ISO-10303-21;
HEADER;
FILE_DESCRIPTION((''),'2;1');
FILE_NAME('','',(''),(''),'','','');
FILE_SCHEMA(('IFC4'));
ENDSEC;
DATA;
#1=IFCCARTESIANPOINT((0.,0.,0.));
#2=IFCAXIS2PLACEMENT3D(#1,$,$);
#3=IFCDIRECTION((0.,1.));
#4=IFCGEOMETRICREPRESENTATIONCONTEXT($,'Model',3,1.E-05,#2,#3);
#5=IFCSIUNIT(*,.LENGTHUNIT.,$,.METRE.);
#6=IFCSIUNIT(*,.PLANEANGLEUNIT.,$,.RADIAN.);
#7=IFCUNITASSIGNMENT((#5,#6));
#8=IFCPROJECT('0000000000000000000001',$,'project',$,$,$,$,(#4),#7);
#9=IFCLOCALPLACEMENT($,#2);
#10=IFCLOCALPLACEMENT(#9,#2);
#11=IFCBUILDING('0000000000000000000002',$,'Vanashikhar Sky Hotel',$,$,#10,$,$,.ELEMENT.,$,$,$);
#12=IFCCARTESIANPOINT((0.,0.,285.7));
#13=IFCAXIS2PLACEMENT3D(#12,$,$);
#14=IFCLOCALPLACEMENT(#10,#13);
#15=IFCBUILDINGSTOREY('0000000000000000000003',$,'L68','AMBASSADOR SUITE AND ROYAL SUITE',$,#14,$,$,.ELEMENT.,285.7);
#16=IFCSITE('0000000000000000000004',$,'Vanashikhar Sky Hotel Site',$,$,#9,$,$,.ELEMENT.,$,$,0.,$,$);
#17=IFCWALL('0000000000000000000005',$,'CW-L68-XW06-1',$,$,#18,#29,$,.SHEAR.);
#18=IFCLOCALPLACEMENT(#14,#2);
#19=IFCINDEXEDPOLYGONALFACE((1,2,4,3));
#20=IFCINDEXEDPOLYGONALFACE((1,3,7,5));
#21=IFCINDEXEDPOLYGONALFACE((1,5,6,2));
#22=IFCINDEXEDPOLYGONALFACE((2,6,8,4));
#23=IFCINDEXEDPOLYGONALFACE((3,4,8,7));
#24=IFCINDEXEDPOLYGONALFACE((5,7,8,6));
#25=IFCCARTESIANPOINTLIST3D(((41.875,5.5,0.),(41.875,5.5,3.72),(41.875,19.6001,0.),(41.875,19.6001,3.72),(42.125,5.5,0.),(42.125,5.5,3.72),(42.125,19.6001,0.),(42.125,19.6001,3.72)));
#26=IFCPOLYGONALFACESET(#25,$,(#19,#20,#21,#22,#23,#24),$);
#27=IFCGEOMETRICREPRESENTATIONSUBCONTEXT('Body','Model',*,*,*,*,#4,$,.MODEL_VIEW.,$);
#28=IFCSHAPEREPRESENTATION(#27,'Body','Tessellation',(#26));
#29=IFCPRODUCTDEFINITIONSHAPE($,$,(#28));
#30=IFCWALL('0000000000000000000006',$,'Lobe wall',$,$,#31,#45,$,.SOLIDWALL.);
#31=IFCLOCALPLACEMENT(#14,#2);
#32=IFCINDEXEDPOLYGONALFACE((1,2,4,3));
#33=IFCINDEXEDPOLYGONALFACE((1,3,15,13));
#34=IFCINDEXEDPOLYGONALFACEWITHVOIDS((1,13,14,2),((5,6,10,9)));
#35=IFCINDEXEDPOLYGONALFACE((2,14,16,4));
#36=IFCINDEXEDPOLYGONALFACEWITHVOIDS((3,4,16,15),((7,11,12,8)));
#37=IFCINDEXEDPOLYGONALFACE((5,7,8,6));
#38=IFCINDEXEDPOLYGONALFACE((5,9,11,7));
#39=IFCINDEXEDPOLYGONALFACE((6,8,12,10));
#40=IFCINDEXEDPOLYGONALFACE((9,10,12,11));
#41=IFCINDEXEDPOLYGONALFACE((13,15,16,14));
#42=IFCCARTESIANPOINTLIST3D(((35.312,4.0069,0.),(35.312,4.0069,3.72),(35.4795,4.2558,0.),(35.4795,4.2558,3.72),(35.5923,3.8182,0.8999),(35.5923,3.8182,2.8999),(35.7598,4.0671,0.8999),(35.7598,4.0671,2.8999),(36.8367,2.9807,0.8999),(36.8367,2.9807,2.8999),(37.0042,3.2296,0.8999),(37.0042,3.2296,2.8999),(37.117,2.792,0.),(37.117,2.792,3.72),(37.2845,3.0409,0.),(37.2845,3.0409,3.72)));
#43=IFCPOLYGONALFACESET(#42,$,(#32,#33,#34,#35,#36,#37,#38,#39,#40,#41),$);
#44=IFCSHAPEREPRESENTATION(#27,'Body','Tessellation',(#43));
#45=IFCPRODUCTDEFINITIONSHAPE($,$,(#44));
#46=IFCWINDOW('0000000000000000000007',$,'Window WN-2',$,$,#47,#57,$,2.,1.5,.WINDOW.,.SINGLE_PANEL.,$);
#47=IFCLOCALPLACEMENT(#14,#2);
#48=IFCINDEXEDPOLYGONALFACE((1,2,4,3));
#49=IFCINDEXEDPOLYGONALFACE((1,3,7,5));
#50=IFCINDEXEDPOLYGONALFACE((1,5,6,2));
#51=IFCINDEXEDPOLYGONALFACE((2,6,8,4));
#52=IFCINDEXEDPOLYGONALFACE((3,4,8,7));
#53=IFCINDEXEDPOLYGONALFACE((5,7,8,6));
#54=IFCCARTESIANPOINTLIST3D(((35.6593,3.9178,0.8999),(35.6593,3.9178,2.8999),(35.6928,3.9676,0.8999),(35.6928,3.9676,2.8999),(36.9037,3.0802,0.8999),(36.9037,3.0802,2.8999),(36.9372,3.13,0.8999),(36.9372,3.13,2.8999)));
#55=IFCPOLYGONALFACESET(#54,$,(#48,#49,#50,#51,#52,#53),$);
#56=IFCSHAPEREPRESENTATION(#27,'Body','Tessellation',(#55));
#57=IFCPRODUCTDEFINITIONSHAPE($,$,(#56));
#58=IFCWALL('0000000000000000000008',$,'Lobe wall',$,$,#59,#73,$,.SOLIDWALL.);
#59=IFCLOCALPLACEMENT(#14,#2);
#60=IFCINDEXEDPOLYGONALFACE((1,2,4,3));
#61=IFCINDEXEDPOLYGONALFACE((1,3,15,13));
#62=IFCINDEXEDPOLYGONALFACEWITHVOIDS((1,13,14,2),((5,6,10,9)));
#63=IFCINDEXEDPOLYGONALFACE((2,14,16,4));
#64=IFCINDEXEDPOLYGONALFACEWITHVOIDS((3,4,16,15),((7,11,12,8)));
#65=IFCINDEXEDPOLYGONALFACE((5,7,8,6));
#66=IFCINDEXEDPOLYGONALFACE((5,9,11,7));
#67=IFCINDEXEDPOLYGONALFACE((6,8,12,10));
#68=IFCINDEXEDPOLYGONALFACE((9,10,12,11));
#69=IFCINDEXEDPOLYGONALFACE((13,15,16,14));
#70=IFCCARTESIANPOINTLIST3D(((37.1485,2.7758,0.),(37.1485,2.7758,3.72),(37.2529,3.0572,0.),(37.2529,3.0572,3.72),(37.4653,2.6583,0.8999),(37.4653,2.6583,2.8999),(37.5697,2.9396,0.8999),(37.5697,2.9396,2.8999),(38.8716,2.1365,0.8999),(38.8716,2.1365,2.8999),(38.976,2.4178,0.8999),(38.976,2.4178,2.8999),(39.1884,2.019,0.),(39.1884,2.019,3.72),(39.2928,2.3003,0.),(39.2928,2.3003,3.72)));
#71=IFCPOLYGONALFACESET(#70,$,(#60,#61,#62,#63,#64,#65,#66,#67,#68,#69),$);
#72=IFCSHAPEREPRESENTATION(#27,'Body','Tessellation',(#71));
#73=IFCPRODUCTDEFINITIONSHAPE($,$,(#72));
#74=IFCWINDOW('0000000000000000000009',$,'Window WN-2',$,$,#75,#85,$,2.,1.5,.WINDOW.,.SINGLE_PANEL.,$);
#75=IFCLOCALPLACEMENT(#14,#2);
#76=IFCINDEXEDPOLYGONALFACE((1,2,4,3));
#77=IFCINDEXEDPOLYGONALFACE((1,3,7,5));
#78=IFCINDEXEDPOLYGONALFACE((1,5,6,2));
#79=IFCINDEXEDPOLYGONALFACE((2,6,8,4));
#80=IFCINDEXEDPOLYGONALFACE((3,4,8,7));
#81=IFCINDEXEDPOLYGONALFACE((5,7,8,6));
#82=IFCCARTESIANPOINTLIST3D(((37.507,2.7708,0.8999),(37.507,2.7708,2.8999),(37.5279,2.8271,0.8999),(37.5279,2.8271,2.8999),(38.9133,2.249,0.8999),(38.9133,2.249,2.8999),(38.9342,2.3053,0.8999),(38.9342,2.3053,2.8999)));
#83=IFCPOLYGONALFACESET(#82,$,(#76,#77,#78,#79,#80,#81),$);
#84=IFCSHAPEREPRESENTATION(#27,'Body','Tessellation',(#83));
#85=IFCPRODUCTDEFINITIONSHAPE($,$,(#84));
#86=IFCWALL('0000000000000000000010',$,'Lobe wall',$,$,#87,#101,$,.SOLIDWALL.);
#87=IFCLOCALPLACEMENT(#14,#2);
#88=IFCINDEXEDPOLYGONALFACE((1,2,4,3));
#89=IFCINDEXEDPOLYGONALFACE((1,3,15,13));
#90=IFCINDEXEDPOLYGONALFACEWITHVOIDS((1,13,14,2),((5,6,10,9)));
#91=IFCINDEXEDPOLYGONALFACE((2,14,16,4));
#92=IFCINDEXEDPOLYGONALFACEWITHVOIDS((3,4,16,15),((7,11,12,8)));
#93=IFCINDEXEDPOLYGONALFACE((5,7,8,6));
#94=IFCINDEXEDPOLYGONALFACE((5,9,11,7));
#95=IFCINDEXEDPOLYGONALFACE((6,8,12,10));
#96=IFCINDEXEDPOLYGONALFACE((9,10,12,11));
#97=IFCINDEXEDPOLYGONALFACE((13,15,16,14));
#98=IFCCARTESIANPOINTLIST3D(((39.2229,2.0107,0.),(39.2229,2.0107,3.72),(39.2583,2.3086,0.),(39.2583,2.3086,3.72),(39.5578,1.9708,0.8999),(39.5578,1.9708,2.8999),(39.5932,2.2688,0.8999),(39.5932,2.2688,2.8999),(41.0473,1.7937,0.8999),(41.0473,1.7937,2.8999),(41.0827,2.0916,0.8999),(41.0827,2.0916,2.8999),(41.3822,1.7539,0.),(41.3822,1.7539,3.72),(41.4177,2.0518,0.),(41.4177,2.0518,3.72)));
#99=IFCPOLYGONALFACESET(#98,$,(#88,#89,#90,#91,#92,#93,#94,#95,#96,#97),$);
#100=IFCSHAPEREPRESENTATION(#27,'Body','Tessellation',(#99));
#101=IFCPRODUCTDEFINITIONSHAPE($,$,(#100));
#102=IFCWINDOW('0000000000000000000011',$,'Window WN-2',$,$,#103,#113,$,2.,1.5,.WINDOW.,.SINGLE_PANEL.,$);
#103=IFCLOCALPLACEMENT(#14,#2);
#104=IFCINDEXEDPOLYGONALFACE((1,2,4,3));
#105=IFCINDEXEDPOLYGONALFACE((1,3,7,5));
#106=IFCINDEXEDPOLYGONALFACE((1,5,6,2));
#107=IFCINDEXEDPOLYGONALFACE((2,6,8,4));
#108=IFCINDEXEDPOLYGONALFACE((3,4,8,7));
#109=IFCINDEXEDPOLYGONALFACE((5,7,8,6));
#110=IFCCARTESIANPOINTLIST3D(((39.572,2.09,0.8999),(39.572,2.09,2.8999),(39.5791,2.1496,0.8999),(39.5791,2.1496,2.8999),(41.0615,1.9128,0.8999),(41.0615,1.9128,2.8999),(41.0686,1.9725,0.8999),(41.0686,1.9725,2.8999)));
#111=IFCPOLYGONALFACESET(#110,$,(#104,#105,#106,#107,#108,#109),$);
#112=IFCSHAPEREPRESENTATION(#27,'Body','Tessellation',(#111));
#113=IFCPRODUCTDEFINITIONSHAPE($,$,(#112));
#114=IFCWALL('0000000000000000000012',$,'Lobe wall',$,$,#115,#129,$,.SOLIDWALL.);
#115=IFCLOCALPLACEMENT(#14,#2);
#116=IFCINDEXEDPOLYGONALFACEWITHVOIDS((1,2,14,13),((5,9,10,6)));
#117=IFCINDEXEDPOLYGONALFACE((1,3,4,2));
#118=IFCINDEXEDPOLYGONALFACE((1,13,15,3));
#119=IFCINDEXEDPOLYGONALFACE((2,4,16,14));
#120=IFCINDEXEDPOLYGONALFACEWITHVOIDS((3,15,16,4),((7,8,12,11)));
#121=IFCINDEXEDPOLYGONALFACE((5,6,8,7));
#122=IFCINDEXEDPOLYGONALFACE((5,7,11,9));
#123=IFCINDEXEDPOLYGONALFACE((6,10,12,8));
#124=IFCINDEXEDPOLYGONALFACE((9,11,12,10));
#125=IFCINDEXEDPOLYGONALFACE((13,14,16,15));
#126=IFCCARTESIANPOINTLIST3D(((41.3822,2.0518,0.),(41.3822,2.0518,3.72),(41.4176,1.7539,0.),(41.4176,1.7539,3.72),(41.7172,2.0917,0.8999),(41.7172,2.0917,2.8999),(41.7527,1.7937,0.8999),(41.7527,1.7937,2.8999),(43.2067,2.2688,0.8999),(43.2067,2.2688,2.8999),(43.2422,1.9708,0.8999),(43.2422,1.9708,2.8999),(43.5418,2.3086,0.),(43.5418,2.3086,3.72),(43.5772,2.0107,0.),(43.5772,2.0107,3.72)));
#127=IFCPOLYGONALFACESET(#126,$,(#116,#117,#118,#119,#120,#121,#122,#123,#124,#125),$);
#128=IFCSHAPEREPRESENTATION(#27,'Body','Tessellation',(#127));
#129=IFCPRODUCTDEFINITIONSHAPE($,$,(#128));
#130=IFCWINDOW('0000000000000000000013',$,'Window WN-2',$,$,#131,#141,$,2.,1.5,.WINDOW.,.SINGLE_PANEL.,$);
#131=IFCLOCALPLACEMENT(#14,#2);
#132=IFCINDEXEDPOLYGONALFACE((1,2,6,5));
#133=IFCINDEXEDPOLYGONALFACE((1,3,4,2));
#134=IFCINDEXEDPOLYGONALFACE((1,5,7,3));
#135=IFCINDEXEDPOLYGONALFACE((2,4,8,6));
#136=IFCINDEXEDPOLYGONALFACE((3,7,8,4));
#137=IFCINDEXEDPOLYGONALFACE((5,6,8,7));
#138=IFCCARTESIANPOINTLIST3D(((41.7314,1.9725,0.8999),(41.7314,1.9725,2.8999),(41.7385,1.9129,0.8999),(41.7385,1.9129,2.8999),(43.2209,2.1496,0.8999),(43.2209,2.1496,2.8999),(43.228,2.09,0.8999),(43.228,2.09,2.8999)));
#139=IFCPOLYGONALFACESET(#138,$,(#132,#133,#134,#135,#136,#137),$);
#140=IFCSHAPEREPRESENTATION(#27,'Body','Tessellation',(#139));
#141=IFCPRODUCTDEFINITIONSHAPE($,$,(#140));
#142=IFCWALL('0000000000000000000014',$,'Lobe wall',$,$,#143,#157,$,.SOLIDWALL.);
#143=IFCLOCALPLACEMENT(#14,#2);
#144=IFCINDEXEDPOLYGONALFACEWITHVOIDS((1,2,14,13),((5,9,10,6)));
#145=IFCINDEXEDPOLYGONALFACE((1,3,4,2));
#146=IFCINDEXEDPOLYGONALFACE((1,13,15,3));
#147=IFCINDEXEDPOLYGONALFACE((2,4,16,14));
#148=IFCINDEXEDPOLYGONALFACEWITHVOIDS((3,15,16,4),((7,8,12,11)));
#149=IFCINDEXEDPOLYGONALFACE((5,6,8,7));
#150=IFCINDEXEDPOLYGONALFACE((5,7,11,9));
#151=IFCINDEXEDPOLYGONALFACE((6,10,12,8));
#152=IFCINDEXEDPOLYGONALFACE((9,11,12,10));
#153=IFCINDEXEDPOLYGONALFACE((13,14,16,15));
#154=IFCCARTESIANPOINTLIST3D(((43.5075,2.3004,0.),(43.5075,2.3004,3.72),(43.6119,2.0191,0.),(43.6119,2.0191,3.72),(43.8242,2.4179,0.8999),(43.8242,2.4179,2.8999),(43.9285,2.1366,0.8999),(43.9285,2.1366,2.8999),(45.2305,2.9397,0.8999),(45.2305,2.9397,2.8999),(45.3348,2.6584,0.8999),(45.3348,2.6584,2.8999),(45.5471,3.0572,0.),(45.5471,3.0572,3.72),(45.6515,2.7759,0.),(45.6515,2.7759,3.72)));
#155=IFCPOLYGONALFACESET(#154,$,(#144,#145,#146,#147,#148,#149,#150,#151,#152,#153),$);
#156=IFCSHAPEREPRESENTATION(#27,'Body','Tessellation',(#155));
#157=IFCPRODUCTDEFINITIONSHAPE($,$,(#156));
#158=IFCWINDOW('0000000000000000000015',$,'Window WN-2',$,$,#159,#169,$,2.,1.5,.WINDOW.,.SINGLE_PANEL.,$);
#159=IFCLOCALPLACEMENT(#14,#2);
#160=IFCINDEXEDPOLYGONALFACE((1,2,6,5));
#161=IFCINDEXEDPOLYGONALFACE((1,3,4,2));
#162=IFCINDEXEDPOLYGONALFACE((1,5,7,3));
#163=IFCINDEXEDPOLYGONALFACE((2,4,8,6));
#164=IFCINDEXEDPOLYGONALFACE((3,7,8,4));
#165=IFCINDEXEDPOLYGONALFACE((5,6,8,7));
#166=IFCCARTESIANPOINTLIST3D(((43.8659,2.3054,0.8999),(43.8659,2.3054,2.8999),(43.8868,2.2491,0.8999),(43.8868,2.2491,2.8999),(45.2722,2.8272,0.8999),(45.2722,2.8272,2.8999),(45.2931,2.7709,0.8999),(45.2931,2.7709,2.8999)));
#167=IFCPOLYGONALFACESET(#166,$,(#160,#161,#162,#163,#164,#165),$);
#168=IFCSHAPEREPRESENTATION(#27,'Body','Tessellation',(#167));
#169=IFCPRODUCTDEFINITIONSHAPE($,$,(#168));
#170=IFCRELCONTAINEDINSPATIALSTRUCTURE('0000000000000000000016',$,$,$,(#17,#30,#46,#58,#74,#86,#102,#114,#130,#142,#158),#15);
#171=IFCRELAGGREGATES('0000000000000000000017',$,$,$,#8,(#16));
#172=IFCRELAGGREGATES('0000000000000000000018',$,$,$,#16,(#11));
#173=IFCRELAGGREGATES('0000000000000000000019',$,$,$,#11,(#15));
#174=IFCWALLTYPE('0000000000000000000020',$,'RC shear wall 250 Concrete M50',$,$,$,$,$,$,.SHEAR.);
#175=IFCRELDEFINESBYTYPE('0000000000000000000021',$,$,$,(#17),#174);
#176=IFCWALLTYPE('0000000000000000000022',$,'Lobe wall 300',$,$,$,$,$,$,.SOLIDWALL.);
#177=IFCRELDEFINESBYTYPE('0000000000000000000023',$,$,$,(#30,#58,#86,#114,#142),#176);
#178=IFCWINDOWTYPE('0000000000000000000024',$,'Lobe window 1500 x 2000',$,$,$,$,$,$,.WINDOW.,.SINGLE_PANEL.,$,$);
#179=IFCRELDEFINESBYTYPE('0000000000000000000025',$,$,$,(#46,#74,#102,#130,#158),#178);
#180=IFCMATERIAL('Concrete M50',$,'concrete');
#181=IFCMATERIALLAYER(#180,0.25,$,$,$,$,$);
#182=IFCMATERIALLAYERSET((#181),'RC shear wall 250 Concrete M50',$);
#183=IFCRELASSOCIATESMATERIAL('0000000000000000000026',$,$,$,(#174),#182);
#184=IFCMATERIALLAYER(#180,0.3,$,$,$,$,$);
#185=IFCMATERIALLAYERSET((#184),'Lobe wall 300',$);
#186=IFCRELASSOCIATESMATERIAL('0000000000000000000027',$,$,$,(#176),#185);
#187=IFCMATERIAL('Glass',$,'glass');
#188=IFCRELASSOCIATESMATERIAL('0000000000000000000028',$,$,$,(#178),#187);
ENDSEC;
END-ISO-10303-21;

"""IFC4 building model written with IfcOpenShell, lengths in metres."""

from ifc_helpers import new_model, si_unit, direction, frame, frame_2d, origin, place, context, subcontext, project, spatial, rectangle, extrude, source, transform, mapped, material, layer, layer_set, type_object, element, fill, save


model = new_model("IFC4")

# Units and contexts
model_context = context("Model", 3, precision=1e-05, world=origin(), true_north=direction((0.0, 1.0)))
body_context = subcontext(model_context, "Body", "Model", "MODEL_VIEW")
ifc_project = project(units=[si_unit("LENGTHUNIT", "METRE"), si_unit("PLANEANGLEUNIT", "RADIAN")], contexts=[model_context])

# Site, building, storey
site_placement = place(None, origin())
site = spatial("IfcSite", under=ifc_project, at=site_placement, Name="Vanashikhar Sky Hotel Site", CompositionType="ELEMENT", RefElevation=0.0)
building_placement = place(site_placement, origin())
building = spatial("IfcBuilding", under=site, at=building_placement, Name="Vanashikhar Sky Hotel", CompositionType="ELEMENT")
storey_placement = place(building_placement, frame((0.0, 0.0, 285.7)))
storey = spatial("IfcBuildingStorey", under=building, at=storey_placement, Name="L68", Description="AMBASSADOR SUITE AND ROYAL SUITE", CompositionType="ELEMENT", Elevation=285.7)

# Wall
ifc_material_1 = material(Name="Concrete M50", Category="concrete")
ifc_layer_1 = layer(ifc_material_1, 0.25)
ifc_layer_set_1 = layer_set([ifc_layer_1], Name="RC shear wall 250 Concrete M50")
wall_type_1 = type_object("IfcWallType", Name="RC shear wall 250 Concrete M50", PredefinedType="SHEAR", material=ifc_layer_set_1)
shared_shape_1 = source(origin(), body_context, "Body", "SweptSolid", [
    extrude(rectangle(XDim=14.1001, YDim=0.25, at=frame_2d((7.05, 0.0))), origin(), (0.0, 0.0, 1.0), 3.72),
])
wall_1_placement = place(storey_placement, frame((42.0, 5.5, 0.0), z_axis=(0.0, 0.0, 1.0), x_axis=(0.0, 1.0, 0.0)))
element("IfcWall", 1, at=wall_1_placement, inside=storey, type_object=wall_type_1, Name="CW-L68-XW06-1", PredefinedType="SHEAR", context=body_context, shape_type="MappedRepresentation", body=[
    mapped(shared_shape_1, transform((0.0, 0.0, 0.0), scale=1.0)),
])

# Walls, openings, windows
ifc_layer_2 = layer(ifc_material_1, 0.3)
ifc_layer_set_2 = layer_set([ifc_layer_2], Name="Lobe wall 300")
wall_type_2 = type_object("IfcWallType", Name="Lobe wall 300", PredefinedType="SOLIDWALL", material=ifc_layer_set_2)
shared_shape_2 = source(origin(), body_context, "Body", "SweptSolid", [
    extrude(rectangle(XDim=2.1758, YDim=0.3, at=frame_2d((1.0879, 0.0))), origin(), (0.0, 0.0, 1.0), 3.72),
])
wall_2_placement = place(storey_placement, frame((35.3958, 4.1313, 0.0), z_axis=(0.0, 0.0, 1.0), x_axis=(0.829591, -0.558372, 0.0)))
wall_2 = element("IfcWall", 2, at=wall_2_placement, inside=storey, type_object=wall_type_2, Name="Lobe wall", PredefinedType="SOLIDWALL", context=body_context, shape_type="MappedRepresentation", body=[
    mapped(shared_shape_2, transform((0.0, 0.0, 0.0), scale=1.0)),
])
shared_shape_3 = source(origin(), body_context, "Body", "SweptSolid", [
    extrude(rectangle(XDim=1.5, YDim=2.0, at=frame_2d((0.75, 1.0))), frame((0.0, 0.1602, 0.0), z_axis=(0.0, -1.0, 0.0), x_axis=(1.0, 0.0, 0.0)), (0.0, 0.0, 1.0), 0.3201),
])
opening_1_placement = place(wall_2_placement, frame((0.3379, 0.0, 0.8999)))
opening_1 = element("IfcOpeningElement", 3, at=opening_1_placement, cuts=wall_2, PredefinedType="OPENING", context=body_context, shape_type="MappedRepresentation", body=[
    mapped(shared_shape_3, transform((0.0, 0.0, 0.0), scale=1.0)),
])
ifc_material_2 = material(Name="Glass", Category="glass")
window_type = type_object("IfcWindowType", Name="Lobe window 1500 x 2000", PartitioningType="SINGLE_PANEL", PredefinedType="WINDOW", material=ifc_material_2)
shared_shape_4 = source(origin(), body_context, "Body", "SweptSolid", [
    extrude(rectangle(XDim=1.5, YDim=2.0, at=frame_2d((0.75, 1.0))), frame((0.0, 0.03, 0.0), z_axis=(0.0, -1.0, 0.0), x_axis=(1.0, 0.0, 0.0)), (0.0, 0.0, 1.0), 0.0601),
])
window_1_placement = place(opening_1_placement, origin())
window_1 = element("IfcWindow", 4, at=window_1_placement, inside=storey, type_object=window_type, Name="Window WN-2", OverallHeight=2.0, OverallWidth=1.5, PartitioningType="SINGLE_PANEL", PredefinedType="WINDOW", context=body_context, shape_type="MappedRepresentation", body=[
    mapped(shared_shape_4, transform((0.0, 0.0, 0.0), scale=1.0)),
])
fill(opening_1, window_1)
wall_3_placement = place(storey_placement, frame((37.2007, 2.9165, 0.0), z_axis=(0.0, 0.0, 1.0), x_axis=(0.937546, -0.347863, 0.0)))
wall_3 = element("IfcWall", 5, at=wall_3_placement, inside=storey, type_object=wall_type_2, Name="Lobe wall", PredefinedType="SOLIDWALL", context=body_context, shape_type="MappedRepresentation", body=[
    mapped(shared_shape_2, transform((0.0, 0.0, 0.0), scale=1.0)),
])
opening_2_placement = place(wall_3_placement, frame((0.3379, 0.0, 0.8999)))
opening_2 = element("IfcOpeningElement", 6, at=opening_2_placement, cuts=wall_3, PredefinedType="OPENING", context=body_context, shape_type="MappedRepresentation", body=[
    mapped(shared_shape_3, transform((0.0, 0.0, 0.0), scale=1.0)),
])
window_2_placement = place(opening_2_placement, origin())
window_2 = element("IfcWindow", 7, at=window_2_placement, inside=storey, type_object=window_type, Name="Window WN-2", OverallHeight=2.0, OverallWidth=1.5, PartitioningType="SINGLE_PANEL", PredefinedType="WINDOW", context=body_context, shape_type="MappedRepresentation", body=[
    mapped(shared_shape_4, transform((0.0, 0.0, 0.0), scale=1.0)),
])
fill(opening_2, window_2)
shared_shape_5 = source(origin(), body_context, "Body", "SweptSolid", [
    extrude(rectangle(XDim=2.1746, YDim=0.3, at=frame_2d((1.0874, 0.0))), origin(), (0.0, 0.0, 1.0), 3.72),
])
wall_4_placement = place(storey_placement, frame((39.2405, 2.1597, 0.0), z_axis=(0.0, 0.0, 1.0), x_axis=(0.993001, -0.118105, 0.0)))
wall_4 = element("IfcWall", 8, at=wall_4_placement, inside=storey, type_object=wall_type_2, Name="Lobe wall", PredefinedType="SOLIDWALL", context=body_context, shape_type="MappedRepresentation", body=[
    mapped(shared_shape_5, transform((0.0, 0.0, 0.0), scale=1.0)),
])
opening_3_placement = place(wall_4_placement, frame((0.3374, 0.0, 0.8999)))
opening_3 = element("IfcOpeningElement", 9, at=opening_3_placement, cuts=wall_4, PredefinedType="OPENING", context=body_context, shape_type="MappedRepresentation", body=[
    mapped(shared_shape_3, transform((0.0, 0.0, 0.0), scale=1.0)),
])
window_3_placement = place(opening_3_placement, origin())
window_3 = element("IfcWindow", 10, at=window_3_placement, inside=storey, type_object=window_type, Name="Window WN-2", OverallHeight=2.0, OverallWidth=1.5, PartitioningType="SINGLE_PANEL", PredefinedType="WINDOW", context=body_context, shape_type="MappedRepresentation", body=[
    mapped(shared_shape_4, transform((0.0, 0.0, 0.0), scale=1.0)),
])
fill(opening_3, window_3)
shared_shape_6 = source(origin(), body_context, "Body", "SweptSolid", [
    extrude(rectangle(XDim=2.1748, YDim=0.3, at=frame_2d((1.0874, 0.0))), origin(), (0.0, 0.0, 1.0), 3.72),
])
wall_5_placement = place(storey_placement, frame((41.3999, 1.9028, 0.0), z_axis=(0.0, 0.0, 1.0), x_axis=(0.993003, 0.118092, 0.0)))
wall_5 = element("IfcWall", 11, at=wall_5_placement, inside=storey, type_object=wall_type_2, Name="Lobe wall", PredefinedType="SOLIDWALL", context=body_context, shape_type="MappedRepresentation", body=[
    mapped(shared_shape_6, transform((0.0, 0.0, 0.0), scale=1.0)),
])
opening_4_placement = place(wall_5_placement, frame((0.3374, 0.0, 0.8999)))
opening_4 = element("IfcOpeningElement", 12, at=opening_4_placement, cuts=wall_5, PredefinedType="OPENING", context=body_context, shape_type="MappedRepresentation", body=[
    mapped(shared_shape_3, transform((0.0, 0.0, 0.0), scale=1.0)),
])
window_4_placement = place(opening_4_placement, origin())
window_4 = element("IfcWindow", 13, at=window_4_placement, inside=storey, type_object=window_type, Name="Window WN-2", OverallHeight=2.0, OverallWidth=1.5, PartitioningType="SINGLE_PANEL", PredefinedType="WINDOW", context=body_context, shape_type="MappedRepresentation", body=[
    mapped(shared_shape_4, transform((0.0, 0.0, 0.0), scale=1.0)),
])
fill(opening_4, window_4)
shared_shape_7 = source(origin(), body_context, "Body", "SweptSolid", [
    extrude(rectangle(XDim=2.1755, YDim=0.3, at=frame_2d((1.0879, 0.0))), origin(), (0.0, 0.0, 1.0), 3.72),
])
wall_6_placement = place(storey_placement, frame((43.5596, 2.1597, 0.0), z_axis=(0.0, 0.0, 1.0), x_axis=(0.937532, 0.347899, 0.0)))
wall_6 = element("IfcWall", 14, at=wall_6_placement, inside=storey, type_object=wall_type_2, Name="Lobe wall", PredefinedType="SOLIDWALL", context=body_context, shape_type="MappedRepresentation", body=[
    mapped(shared_shape_7, transform((0.0, 0.0, 0.0), scale=1.0)),
])
opening_5_placement = place(wall_6_placement, frame((0.3379, 0.0, 0.8999)))
opening_5 = element("IfcOpeningElement", 15, at=opening_5_placement, cuts=wall_6, PredefinedType="OPENING", context=body_context, shape_type="MappedRepresentation", body=[
    mapped(shared_shape_3, transform((0.0, 0.0, 0.0), scale=1.0)),
])
window_5_placement = place(opening_5_placement, origin())
window_5 = element("IfcWindow", 16, at=window_5_placement, inside=storey, type_object=window_type, Name="Window WN-2", OverallHeight=2.0, OverallWidth=1.5, PartitioningType="SINGLE_PANEL", PredefinedType="WINDOW", context=body_context, shape_type="MappedRepresentation", body=[
    mapped(shared_shape_4, transform((0.0, 0.0, 0.0), scale=1.0)),
])
fill(opening_5, window_5)

save(model, "model.ifc")
